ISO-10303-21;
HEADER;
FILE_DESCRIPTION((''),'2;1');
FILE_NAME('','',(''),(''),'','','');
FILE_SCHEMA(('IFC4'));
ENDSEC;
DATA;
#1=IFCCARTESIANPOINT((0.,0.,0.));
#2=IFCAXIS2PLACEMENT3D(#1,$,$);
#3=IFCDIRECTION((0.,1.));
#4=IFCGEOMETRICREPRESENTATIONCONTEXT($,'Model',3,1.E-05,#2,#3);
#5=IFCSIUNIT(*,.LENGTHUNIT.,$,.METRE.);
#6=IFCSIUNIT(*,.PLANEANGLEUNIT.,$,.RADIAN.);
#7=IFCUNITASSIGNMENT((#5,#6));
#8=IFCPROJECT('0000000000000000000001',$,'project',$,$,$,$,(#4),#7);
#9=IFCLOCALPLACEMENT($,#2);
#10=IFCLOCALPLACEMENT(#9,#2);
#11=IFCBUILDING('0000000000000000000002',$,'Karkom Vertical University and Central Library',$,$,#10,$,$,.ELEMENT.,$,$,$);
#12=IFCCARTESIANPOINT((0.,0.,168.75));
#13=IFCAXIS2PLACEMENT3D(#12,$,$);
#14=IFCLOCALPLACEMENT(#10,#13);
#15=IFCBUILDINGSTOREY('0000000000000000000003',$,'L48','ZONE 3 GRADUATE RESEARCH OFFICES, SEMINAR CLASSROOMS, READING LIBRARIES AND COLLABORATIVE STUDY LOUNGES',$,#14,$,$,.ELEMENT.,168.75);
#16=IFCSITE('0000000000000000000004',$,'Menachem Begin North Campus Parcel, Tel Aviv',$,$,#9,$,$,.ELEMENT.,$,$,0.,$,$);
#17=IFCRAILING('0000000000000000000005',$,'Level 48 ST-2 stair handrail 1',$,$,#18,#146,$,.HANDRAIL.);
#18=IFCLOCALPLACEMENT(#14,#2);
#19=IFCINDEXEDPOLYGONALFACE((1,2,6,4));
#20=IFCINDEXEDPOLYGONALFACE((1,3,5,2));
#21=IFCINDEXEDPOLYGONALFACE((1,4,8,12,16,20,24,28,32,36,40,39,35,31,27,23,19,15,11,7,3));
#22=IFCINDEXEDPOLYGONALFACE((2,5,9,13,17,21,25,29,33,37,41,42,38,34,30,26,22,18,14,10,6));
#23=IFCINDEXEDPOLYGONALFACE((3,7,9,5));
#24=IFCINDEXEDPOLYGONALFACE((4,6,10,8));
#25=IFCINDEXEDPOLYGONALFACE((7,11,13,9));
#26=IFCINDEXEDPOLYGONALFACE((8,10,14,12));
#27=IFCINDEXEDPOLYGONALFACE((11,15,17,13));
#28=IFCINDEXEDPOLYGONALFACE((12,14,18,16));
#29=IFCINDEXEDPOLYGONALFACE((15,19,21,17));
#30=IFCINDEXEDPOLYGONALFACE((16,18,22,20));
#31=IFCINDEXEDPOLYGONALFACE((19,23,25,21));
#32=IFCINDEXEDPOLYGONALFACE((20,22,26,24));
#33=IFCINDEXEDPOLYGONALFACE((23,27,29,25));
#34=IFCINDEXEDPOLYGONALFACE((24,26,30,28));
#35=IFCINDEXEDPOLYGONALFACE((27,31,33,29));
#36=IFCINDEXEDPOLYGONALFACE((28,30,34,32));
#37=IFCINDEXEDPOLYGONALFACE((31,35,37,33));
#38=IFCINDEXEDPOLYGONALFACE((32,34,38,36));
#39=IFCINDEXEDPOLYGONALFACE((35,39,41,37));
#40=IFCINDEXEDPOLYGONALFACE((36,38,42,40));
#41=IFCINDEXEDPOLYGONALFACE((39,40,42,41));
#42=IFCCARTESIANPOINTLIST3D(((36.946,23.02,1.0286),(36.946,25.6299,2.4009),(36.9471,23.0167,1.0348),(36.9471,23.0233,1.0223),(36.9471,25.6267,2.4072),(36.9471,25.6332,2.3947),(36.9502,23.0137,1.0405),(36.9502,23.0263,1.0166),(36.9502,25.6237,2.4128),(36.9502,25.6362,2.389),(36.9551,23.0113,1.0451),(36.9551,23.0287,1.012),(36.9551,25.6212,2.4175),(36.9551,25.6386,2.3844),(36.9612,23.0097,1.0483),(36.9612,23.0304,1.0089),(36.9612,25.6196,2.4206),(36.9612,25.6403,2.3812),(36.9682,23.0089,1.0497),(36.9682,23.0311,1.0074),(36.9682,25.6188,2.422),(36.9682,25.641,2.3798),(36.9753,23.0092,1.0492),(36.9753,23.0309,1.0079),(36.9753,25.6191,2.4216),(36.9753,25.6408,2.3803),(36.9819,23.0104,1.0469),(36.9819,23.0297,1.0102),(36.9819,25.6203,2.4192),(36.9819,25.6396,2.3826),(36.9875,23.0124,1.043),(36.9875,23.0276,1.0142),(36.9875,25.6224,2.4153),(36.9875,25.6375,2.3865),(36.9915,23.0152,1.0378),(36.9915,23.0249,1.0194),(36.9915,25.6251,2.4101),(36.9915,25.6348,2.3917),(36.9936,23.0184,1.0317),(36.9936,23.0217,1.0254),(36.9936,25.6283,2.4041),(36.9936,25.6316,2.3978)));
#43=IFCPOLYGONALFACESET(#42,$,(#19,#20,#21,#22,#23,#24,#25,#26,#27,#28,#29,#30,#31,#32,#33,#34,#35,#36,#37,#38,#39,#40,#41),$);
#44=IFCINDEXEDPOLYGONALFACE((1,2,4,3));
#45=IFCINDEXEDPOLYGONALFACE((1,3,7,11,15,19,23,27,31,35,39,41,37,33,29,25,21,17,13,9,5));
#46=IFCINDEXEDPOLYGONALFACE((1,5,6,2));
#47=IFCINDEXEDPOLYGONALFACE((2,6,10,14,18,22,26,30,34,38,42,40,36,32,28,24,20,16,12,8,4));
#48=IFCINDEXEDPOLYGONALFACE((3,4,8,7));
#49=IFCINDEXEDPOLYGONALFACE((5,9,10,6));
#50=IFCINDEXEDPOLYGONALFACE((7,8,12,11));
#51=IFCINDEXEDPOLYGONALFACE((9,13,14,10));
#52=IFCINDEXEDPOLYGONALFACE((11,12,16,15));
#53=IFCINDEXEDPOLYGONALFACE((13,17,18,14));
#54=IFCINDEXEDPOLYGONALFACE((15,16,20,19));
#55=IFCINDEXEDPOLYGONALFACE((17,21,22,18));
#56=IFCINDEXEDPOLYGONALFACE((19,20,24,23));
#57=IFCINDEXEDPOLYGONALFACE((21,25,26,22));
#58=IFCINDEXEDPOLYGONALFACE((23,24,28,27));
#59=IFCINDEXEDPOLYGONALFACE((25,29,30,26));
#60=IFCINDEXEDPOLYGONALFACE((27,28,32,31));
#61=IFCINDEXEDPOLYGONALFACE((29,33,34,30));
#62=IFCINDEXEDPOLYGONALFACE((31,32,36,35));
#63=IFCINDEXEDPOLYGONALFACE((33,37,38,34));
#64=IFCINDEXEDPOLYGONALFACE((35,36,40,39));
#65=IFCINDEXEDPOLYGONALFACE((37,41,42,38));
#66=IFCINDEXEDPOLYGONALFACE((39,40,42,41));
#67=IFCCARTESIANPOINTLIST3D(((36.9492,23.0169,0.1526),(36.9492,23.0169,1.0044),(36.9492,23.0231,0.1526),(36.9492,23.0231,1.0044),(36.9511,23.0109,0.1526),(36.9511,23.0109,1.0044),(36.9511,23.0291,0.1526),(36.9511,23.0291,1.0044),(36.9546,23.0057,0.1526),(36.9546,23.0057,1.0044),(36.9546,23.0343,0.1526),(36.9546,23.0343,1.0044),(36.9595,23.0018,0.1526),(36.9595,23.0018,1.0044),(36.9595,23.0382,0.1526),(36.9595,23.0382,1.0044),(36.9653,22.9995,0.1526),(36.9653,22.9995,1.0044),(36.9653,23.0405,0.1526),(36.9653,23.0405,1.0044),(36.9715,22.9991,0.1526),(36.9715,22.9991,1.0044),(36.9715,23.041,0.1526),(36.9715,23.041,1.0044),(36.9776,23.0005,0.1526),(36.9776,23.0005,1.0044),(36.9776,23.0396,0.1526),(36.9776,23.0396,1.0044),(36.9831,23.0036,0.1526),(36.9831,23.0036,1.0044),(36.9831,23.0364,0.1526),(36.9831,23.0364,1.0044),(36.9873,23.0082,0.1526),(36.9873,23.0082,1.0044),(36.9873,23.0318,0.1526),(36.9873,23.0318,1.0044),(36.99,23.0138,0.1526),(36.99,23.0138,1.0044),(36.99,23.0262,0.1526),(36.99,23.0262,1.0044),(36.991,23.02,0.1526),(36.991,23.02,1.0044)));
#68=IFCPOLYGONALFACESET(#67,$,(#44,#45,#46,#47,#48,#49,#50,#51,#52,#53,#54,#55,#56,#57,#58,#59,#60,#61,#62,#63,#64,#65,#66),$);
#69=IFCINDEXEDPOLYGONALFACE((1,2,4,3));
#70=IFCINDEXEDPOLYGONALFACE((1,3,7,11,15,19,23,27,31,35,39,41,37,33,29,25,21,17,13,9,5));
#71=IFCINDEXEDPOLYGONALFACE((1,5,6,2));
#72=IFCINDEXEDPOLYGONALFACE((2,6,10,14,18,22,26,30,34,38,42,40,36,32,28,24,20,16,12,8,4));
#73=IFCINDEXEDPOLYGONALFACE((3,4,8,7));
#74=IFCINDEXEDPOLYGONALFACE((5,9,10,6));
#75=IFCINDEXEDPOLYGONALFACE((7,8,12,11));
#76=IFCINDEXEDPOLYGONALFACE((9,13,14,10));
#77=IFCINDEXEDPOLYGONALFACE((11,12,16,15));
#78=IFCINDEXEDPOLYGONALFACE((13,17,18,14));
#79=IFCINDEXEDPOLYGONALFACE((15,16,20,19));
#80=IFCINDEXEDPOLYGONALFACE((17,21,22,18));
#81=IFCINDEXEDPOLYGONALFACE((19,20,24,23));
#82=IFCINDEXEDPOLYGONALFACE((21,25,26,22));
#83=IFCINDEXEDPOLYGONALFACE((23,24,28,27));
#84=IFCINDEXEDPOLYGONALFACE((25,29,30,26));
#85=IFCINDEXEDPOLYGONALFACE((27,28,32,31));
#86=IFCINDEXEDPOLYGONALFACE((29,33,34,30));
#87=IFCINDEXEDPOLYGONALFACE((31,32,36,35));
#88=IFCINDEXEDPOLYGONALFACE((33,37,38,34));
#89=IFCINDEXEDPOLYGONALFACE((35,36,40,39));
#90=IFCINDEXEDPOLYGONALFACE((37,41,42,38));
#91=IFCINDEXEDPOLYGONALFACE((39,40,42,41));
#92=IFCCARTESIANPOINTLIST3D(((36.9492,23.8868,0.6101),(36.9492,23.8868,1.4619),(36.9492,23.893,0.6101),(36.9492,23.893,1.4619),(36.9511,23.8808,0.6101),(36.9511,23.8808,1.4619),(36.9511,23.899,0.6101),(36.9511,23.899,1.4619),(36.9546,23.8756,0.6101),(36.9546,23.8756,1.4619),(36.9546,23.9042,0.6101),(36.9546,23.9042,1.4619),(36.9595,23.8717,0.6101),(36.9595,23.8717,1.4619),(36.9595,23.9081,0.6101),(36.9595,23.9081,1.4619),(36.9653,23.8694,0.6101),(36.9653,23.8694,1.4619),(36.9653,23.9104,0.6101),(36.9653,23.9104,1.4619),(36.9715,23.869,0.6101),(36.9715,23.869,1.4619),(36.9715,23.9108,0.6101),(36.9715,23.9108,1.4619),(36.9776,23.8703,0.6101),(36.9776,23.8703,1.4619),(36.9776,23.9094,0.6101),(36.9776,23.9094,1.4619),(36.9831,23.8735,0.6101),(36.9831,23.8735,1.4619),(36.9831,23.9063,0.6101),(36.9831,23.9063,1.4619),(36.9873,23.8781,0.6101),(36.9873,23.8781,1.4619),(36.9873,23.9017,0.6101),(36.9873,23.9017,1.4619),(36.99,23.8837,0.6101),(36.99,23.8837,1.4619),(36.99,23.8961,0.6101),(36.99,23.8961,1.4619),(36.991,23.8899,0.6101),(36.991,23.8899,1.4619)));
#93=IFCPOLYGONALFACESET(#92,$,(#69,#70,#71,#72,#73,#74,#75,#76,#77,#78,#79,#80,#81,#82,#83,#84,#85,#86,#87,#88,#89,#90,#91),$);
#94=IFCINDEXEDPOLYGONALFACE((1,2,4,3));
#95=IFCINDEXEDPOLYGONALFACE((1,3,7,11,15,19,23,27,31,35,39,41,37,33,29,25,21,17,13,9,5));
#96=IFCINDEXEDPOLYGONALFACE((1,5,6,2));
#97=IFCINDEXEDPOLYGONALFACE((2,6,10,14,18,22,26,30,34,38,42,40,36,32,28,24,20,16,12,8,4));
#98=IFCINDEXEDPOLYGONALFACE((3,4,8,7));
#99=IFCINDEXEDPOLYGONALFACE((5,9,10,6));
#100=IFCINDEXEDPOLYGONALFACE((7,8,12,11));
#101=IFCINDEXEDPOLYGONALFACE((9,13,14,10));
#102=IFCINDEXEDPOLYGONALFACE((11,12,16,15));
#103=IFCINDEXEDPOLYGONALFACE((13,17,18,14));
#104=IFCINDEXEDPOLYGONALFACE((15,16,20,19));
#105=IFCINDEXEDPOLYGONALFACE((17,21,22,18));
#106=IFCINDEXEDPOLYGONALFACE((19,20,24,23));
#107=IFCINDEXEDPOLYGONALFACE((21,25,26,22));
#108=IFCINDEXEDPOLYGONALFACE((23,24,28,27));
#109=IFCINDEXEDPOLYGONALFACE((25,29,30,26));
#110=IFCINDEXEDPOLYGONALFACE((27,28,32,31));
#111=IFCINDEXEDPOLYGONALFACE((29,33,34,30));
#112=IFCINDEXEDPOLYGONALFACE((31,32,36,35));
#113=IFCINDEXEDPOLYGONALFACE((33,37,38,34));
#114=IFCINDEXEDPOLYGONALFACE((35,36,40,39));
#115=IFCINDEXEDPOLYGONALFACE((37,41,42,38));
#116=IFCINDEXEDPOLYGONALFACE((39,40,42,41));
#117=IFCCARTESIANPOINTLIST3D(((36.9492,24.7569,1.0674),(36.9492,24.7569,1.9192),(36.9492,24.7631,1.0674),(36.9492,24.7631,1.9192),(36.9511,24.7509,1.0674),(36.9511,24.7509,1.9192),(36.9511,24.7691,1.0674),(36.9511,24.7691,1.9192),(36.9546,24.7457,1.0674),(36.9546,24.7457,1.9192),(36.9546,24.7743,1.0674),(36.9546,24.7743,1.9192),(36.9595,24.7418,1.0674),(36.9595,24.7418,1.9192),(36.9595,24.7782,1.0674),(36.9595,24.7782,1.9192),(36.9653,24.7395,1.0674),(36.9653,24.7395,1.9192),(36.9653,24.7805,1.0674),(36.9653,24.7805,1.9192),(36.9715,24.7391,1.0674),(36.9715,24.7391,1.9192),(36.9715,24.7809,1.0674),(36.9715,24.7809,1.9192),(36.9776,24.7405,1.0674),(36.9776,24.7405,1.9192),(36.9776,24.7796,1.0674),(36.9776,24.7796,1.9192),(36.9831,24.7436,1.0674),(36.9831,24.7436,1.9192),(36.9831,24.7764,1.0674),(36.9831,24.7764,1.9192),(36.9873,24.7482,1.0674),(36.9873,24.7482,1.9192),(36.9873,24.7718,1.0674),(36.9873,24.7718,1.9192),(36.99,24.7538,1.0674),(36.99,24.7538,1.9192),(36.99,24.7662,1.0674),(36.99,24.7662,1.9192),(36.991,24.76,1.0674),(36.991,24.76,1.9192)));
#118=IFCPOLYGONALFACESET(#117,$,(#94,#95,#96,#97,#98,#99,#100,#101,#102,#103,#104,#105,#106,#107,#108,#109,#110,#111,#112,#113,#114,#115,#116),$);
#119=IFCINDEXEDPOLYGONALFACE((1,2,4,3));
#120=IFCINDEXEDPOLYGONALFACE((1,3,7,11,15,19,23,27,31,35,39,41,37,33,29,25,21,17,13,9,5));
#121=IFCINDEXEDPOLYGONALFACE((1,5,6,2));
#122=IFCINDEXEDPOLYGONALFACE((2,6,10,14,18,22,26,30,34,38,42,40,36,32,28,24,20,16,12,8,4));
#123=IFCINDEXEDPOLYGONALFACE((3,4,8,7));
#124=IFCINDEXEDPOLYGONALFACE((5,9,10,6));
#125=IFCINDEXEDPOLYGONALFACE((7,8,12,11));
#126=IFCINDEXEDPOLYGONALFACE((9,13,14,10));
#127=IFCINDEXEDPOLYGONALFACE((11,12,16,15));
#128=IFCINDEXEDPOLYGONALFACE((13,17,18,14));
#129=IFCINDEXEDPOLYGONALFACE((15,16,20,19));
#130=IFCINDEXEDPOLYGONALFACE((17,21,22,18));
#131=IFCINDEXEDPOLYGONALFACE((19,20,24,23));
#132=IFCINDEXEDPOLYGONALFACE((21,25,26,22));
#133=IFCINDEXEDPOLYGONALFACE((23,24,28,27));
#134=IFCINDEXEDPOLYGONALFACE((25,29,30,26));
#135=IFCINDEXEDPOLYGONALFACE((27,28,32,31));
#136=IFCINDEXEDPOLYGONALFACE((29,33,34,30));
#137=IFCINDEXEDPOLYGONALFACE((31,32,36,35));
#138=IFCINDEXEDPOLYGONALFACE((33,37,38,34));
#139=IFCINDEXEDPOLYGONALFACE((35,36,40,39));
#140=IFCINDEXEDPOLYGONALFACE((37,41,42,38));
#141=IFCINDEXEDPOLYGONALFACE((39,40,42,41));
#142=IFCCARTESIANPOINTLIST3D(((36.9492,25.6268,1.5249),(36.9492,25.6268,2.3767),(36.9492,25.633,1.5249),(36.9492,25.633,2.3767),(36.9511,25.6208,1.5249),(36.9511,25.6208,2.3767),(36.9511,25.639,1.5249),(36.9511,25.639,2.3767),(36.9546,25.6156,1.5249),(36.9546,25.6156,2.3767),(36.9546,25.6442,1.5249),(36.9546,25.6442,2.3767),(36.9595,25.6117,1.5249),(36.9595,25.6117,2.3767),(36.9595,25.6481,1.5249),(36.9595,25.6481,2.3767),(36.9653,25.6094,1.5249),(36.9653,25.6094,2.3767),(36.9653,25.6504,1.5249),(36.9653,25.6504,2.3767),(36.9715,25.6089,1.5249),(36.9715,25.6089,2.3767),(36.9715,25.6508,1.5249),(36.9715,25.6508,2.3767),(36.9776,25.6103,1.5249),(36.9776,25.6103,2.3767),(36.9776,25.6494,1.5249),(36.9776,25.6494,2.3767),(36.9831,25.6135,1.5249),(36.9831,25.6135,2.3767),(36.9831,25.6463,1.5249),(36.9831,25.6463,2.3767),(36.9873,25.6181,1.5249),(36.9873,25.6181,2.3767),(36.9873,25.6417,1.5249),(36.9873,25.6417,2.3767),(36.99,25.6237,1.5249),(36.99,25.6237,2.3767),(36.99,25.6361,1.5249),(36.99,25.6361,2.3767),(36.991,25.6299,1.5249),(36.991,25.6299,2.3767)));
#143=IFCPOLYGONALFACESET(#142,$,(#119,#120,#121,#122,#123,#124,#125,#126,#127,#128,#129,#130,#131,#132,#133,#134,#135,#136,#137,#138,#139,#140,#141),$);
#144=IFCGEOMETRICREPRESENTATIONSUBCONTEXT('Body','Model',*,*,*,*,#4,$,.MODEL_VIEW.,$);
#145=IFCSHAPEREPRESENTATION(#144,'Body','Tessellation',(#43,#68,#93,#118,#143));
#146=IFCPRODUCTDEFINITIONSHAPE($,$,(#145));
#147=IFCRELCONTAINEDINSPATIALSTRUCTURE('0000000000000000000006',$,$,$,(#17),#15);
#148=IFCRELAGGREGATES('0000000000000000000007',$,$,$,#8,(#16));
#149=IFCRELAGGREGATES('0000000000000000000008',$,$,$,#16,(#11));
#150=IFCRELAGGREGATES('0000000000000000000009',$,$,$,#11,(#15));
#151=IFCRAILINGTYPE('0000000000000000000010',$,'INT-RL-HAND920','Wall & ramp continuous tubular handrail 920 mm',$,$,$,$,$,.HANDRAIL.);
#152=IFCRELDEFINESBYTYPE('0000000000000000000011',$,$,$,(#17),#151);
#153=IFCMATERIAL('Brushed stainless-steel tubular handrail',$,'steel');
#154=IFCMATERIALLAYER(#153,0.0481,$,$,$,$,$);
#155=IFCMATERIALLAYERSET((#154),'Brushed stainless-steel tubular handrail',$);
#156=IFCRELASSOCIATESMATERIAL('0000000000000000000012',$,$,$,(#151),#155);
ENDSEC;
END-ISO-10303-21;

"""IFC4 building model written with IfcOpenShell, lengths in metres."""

from ifc_helpers import new_model, si_unit, direction, frame, origin, origin_2d, place, context, subcontext, project, spatial, circle, extrude, material, layer, layer_set, type_object, element, save


model = new_model("IFC4")

# Units and contexts
model_context = context("Model", 3, precision=1e-05, world=origin(), true_north=direction((0.0, 1.0)))
body_context = subcontext(model_context, "Body", "Model", "MODEL_VIEW")
ifc_project = project(units=[si_unit("LENGTHUNIT", "METRE"), si_unit("PLANEANGLEUNIT", "RADIAN")], contexts=[model_context])

# Site, building, storey
site_placement = place(None, origin())
site = spatial("IfcSite", under=ifc_project, at=site_placement, Name="Menachem Begin North Campus Parcel, Tel Aviv", CompositionType="ELEMENT", RefElevation=0.0)
building_placement = place(site_placement, origin())
building = spatial("IfcBuilding", under=site, at=building_placement, Name="Karkom Vertical University and Central Library", CompositionType="ELEMENT")
storey_placement = place(building_placement, frame((0.0, 0.0, 168.75)))
storey = spatial("IfcBuildingStorey", under=building, at=storey_placement, Name="L48", Description="ZONE 3 GRADUATE RESEARCH OFFICES, SEMINAR CLASSROOMS, READING LIBRARIES AND COLLABORATIVE STUDY LOUNGES", CompositionType="ELEMENT", Elevation=168.75)

# Railing
ifc_material_1 = material(Name="Brushed stainless-steel tubular handrail", Category="steel")
ifc_layer_1 = layer(ifc_material_1, 0.0481)
ifc_layer_set_1 = layer_set([ifc_layer_1], Name="Brushed stainless-steel tubular handrail")
railing_type_1 = type_object("IfcRailingType", Name="INT-RL-HAND920", Description="Wall & ramp continuous tubular handrail 920 mm", PredefinedType="HANDRAIL", material=ifc_layer_set_1)
railing_1_placement = place(storey_placement, frame((36.97, 23.02, 0.1526)))
element("IfcRailing", 1, at=railing_1_placement, inside=storey, type_object=railing_type_1, Name="Level 48 ST-2 stair handrail 1", PredefinedType="HANDRAIL", context=body_context, shape_type="SweptSolid", body=[
    extrude(circle(Radius=0.0239, at=origin_2d()), frame((0.0, 0.0, 0.876), z_axis=(0.0, 0.8851, 0.465402), x_axis=(-1.0, 0.0, 0.0)), (0.0, 0.0, 1.0), 2.9487),
    extrude(circle(Radius=0.021, at=origin_2d()), origin(), (0.0, 0.0, 1.0), 0.8518),
    extrude(circle(Radius=0.021, at=origin_2d()), frame((0.0, 0.8699, 0.4575)), (0.0, 0.0, 1.0), 0.8518),
    extrude(circle(Radius=0.021, at=origin_2d()), frame((0.0, 1.74, 0.9148)), (0.0, 0.0, 1.0), 0.8518),
    extrude(circle(Radius=0.021, at=origin_2d()), frame((0.0, 2.6099, 1.3723)), (0.0, 0.0, 1.0), 0.8518),
])

save(model, "model.ifc")
